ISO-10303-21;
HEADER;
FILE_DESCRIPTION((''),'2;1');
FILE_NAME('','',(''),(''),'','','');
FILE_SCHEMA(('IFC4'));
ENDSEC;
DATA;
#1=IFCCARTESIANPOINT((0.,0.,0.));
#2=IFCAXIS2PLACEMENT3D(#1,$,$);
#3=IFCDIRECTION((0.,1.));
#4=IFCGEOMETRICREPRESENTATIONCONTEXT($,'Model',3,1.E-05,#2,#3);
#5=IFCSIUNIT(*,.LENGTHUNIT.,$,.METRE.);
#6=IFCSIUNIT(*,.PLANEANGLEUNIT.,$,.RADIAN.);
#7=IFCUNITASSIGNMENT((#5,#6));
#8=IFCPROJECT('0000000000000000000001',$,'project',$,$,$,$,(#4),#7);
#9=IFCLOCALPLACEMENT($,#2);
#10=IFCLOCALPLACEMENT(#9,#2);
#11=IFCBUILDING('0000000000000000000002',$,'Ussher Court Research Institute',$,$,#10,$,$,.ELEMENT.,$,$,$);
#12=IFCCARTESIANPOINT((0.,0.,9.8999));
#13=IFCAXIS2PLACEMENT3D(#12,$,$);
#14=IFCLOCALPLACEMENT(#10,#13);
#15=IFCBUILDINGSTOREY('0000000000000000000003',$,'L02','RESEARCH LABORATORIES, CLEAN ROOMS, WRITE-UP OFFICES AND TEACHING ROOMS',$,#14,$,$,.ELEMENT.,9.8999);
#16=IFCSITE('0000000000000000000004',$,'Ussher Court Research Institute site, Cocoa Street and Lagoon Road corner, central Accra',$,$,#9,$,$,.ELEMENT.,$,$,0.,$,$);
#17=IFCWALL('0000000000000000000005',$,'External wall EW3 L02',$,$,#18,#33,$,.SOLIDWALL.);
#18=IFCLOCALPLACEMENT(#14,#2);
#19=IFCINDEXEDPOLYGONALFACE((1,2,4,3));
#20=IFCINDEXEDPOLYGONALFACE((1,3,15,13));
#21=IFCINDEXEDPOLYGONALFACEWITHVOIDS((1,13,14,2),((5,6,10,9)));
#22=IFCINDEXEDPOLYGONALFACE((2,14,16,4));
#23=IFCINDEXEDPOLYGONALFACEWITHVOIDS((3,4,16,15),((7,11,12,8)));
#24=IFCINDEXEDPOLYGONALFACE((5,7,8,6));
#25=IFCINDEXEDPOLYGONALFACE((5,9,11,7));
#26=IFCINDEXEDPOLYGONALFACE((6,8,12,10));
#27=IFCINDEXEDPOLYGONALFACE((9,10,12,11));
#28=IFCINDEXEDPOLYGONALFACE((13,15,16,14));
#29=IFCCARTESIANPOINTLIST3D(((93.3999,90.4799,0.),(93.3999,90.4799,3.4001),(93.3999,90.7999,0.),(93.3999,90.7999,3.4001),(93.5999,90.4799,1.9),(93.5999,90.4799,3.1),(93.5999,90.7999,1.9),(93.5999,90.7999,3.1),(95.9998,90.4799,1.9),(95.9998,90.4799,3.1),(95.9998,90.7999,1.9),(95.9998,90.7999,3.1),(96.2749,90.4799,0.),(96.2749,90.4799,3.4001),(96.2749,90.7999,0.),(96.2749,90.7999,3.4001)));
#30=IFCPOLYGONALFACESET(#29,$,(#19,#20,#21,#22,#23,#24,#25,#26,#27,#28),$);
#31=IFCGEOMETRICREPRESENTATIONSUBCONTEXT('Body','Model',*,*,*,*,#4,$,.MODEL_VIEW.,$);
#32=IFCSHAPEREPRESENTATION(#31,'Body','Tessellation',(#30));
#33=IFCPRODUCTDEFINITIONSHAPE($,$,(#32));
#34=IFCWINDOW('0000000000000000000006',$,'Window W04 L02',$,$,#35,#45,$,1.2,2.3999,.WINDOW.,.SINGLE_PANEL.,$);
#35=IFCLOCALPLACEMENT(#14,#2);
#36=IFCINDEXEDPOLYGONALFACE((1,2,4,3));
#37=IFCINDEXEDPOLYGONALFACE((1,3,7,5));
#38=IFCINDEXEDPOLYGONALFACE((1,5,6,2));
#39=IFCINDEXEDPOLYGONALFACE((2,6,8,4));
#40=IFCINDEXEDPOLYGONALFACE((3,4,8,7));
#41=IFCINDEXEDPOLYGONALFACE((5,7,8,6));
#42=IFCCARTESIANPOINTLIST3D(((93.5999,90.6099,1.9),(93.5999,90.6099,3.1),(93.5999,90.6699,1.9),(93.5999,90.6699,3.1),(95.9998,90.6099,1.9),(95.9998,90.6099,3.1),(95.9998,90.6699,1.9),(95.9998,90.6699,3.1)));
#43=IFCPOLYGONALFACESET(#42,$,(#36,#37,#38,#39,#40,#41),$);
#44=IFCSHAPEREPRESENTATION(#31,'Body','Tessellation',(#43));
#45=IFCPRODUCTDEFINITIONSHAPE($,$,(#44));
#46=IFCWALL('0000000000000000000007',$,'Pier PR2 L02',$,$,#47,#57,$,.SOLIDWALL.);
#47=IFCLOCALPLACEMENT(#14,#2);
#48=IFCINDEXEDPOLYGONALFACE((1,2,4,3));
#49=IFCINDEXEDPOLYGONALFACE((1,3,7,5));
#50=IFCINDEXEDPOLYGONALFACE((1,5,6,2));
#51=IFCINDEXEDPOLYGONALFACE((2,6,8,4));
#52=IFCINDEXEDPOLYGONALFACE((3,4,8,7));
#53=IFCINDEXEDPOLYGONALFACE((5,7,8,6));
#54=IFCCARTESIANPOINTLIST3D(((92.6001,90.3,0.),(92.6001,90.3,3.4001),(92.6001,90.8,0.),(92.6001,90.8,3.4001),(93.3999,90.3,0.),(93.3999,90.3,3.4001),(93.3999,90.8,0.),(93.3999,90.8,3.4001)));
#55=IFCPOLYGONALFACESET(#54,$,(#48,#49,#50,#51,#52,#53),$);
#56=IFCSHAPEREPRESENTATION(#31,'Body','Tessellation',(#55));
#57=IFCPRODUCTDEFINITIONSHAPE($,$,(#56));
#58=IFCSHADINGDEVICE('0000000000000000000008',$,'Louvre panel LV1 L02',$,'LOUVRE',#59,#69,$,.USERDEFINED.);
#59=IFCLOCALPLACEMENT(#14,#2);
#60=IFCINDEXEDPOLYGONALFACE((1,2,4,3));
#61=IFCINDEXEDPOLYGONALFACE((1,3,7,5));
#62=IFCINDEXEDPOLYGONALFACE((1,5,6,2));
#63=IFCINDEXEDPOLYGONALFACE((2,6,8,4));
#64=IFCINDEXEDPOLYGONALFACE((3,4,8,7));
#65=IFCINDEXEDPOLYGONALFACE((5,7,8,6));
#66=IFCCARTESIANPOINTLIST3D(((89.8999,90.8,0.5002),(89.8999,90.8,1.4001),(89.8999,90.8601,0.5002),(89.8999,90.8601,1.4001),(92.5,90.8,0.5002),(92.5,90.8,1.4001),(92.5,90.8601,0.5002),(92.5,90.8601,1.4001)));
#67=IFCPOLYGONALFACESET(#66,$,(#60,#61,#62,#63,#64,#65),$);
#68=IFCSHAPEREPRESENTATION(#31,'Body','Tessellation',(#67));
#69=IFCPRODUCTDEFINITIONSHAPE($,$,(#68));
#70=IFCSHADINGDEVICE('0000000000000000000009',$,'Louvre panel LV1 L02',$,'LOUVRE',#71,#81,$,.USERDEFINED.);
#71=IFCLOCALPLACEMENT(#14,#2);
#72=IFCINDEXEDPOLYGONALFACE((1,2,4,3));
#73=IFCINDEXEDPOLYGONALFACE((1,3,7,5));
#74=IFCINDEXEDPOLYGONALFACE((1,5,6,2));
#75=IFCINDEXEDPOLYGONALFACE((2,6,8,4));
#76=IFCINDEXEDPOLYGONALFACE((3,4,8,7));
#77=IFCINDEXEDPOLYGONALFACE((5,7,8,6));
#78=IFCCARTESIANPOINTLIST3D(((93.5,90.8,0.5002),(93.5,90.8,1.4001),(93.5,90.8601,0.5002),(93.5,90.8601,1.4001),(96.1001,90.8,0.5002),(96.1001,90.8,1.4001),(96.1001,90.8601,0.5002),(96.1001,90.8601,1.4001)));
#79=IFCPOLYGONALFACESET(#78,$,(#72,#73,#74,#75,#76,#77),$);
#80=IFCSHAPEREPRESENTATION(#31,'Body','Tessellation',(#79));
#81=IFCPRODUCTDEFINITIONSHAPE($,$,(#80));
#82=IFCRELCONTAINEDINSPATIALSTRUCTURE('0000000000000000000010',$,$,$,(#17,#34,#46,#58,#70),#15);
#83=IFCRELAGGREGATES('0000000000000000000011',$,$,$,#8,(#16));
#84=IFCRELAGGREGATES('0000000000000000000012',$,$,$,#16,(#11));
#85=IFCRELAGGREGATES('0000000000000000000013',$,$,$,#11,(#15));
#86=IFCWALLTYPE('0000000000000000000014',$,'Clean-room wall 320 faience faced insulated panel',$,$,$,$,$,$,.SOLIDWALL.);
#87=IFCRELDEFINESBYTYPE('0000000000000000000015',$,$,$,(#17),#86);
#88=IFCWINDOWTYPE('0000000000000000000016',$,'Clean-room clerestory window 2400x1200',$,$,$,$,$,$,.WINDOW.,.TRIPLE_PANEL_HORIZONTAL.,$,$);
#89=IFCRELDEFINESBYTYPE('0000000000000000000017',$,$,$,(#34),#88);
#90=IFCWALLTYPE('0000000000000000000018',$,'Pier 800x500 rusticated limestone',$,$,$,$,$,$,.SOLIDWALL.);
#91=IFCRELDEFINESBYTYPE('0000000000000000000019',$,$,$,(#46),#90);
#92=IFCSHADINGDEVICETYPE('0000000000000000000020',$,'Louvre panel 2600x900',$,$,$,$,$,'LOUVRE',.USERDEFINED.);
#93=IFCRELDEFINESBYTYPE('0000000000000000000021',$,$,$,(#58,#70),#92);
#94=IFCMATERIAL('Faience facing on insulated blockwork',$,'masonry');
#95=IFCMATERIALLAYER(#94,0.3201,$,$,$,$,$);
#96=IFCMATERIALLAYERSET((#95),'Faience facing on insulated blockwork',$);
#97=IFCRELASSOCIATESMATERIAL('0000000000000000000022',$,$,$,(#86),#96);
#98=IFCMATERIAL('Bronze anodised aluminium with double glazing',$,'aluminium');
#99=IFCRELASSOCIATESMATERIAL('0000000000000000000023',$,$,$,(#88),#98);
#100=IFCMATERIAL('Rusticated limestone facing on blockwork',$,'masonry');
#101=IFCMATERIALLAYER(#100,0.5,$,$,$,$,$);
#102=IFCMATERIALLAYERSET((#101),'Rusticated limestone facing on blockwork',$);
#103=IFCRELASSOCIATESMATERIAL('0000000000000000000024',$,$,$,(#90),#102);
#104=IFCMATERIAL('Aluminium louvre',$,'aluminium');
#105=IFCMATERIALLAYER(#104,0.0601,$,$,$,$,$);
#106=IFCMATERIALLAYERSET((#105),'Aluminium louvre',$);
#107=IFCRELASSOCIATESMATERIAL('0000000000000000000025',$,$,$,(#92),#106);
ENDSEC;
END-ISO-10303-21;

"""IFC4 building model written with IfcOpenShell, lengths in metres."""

from ifc_helpers import new_model, si_unit, direction, frame, frame_2d, origin, origin_2d, place, context, subcontext, project, spatial, rectangle, extrude, material, layer, layer_set, type_object, element, fill, save


model = new_model("IFC4")

# Units and contexts
model_context = context("Model", 3, precision=1e-05, world=origin(), true_north=direction((0.0, 1.0)))
body_context = subcontext(model_context, "Body", "Model", "MODEL_VIEW")
ifc_project = project(units=[si_unit("LENGTHUNIT", "METRE"), si_unit("PLANEANGLEUNIT", "RADIAN")], contexts=[model_context])

# Site, building, storey
site_placement = place(None, origin())
site = spatial("IfcSite", under=ifc_project, at=site_placement, Name="Ussher Court Research Institute site, Cocoa Street and Lagoon Road corner, central Accra", CompositionType="ELEMENT", RefElevation=0.0)
building_placement = place(site_placement, origin())
building = spatial("IfcBuilding", under=site, at=building_placement, Name="Ussher Court Research Institute", CompositionType="ELEMENT")
storey_placement = place(building_placement, frame((0.0, 0.0, 9.8999)))
storey = spatial("IfcBuildingStorey", under=building, at=storey_placement, Name="L02", Description="RESEARCH LABORATORIES, CLEAN ROOMS, WRITE-UP OFFICES AND TEACHING ROOMS", CompositionType="ELEMENT", Elevation=9.8999)

# Wall, opening, window
ifc_material_1 = material(Name="Faience facing on insulated blockwork", Category="masonry")
ifc_layer_1 = layer(ifc_material_1, 0.3201)
ifc_layer_set_1 = layer_set([ifc_layer_1], Name="Faience facing on insulated blockwork")
wall_type_1 = type_object("IfcWallType", Name="Clean-room wall 320 faience faced insulated panel", PredefinedType="SOLIDWALL", material=ifc_layer_set_1)
ifc_material_2 = material(Name="Bronze anodised aluminium with double glazing", Category="aluminium")
window_type = type_object("IfcWindowType", Name="Clean-room clerestory window 2400x1200", PartitioningType="TRIPLE_PANEL_HORIZONTAL", PredefinedType="WINDOW", material=ifc_material_2)
wall_1_placement = place(storey_placement, frame((93.3999, 90.6399, 0.0), z_axis=(0.0, 0.0, 1.0), x_axis=(1.0, 0.0, 0.0)))
wall_1 = element("IfcWall", 1, at=wall_1_placement, inside=storey, type_object=wall_type_1, Name="External wall EW3 L02", PredefinedType="SOLIDWALL", context=body_context, shape_type="SweptSolid", body=[
    extrude(rectangle(XDim=2.875, YDim=0.3201, at=frame_2d((1.4375, 0.0))), origin(), (0.0, 0.0, 1.0), 3.4001),
])
opening_1_placement = place(wall_1_placement, frame((0.2, 0.0, 1.8999)))
opening_1 = element("IfcOpeningElement", 2, at=opening_1_placement, cuts=wall_1, PredefinedType="OPENING", context=body_context, shape_type="SweptSolid", body=[
    extrude(rectangle(XDim=2.3999, YDim=1.2, at=frame_2d((1.2, 0.6001))), frame((0.0, 0.1699, 0.0), z_axis=(0.0, -1.0, 0.0), x_axis=(1.0, 0.0, 0.0)), (0.0, 0.0, 1.0), 0.3401),
])
window_1_placement = place(opening_1_placement, origin())
window_1 = element("IfcWindow", 3, at=window_1_placement, inside=storey, type_object=window_type, Name="Window W04 L02", OverallHeight=1.2, OverallWidth=2.3999, PartitioningType="SINGLE_PANEL", PredefinedType="WINDOW", context=body_context, shape_type="SweptSolid", body=[
    extrude(rectangle(XDim=2.3999, YDim=1.2, at=frame_2d((1.2, 0.6001))), frame((0.0, 0.03, 0.0), z_axis=(0.0, -1.0, 0.0), x_axis=(1.0, 0.0, 0.0)), (0.0, 0.0, 1.0), 0.0601),
])
fill(opening_1, window_1)

# Wall
ifc_material_3 = material(Name="Rusticated limestone facing on blockwork", Category="masonry")
ifc_layer_2 = layer(ifc_material_3, 0.5)
ifc_layer_set_2 = layer_set([ifc_layer_2], Name="Rusticated limestone facing on blockwork")
wall_type_2 = type_object("IfcWallType", Name="Pier 800x500 rusticated limestone", PredefinedType="SOLIDWALL", material=ifc_layer_set_2)
wall_2_placement = place(storey_placement, frame((92.6001, 90.55, 0.0), z_axis=(0.0, 0.0, 1.0), x_axis=(1.0, 0.0, 0.0)))
element("IfcWall", 4, at=wall_2_placement, inside=storey, type_object=wall_type_2, Name="Pier PR2 L02", PredefinedType="SOLIDWALL", context=body_context, shape_type="SweptSolid", body=[
    extrude(rectangle(XDim=0.7998, YDim=0.5, at=frame_2d((0.3999, 0.0))), origin(), (0.0, 0.0, 1.0), 3.4001),
])

# Shading devices
ifc_material_4 = material(Name="Aluminium louvre", Category="aluminium")
ifc_layer_3 = layer(ifc_material_4, 0.0601)
ifc_layer_set_3 = layer_set([ifc_layer_3], Name="Aluminium louvre")
shading_device_type = type_object("IfcShadingDeviceType", Name="Louvre panel 2600x900", ElementType="LOUVRE", PredefinedType="USERDEFINED", material=ifc_layer_set_3)
for number, where, z_axis, x_axis, name in (
    (5, (91.2, 90.8301, 0.5002), (0.0, 0.0, 1.0), (1.0, 0.0, 0.0), "Louvre panel LV1 L02"),
    (6, (94.8, 90.8301, 0.5002), (0.0, 0.0, 1.0), (1.0, 0.0, 0.0), "Louvre panel LV1 L02"),
):
    element("IfcShadingDevice", number, at=place(storey_placement, frame(where, z_axis=z_axis, x_axis=x_axis)), inside=storey, type_object=shading_device_type, Name=name, ObjectType="LOUVRE", PredefinedType="USERDEFINED", context=body_context, shape_type="SweptSolid", body=[
        extrude(rectangle(XDim=2.6001, YDim=0.0601, at=origin_2d()), origin(), (0.0, 0.0, 1.0), 0.8999),
    ])

save(model, "model.ifc")
